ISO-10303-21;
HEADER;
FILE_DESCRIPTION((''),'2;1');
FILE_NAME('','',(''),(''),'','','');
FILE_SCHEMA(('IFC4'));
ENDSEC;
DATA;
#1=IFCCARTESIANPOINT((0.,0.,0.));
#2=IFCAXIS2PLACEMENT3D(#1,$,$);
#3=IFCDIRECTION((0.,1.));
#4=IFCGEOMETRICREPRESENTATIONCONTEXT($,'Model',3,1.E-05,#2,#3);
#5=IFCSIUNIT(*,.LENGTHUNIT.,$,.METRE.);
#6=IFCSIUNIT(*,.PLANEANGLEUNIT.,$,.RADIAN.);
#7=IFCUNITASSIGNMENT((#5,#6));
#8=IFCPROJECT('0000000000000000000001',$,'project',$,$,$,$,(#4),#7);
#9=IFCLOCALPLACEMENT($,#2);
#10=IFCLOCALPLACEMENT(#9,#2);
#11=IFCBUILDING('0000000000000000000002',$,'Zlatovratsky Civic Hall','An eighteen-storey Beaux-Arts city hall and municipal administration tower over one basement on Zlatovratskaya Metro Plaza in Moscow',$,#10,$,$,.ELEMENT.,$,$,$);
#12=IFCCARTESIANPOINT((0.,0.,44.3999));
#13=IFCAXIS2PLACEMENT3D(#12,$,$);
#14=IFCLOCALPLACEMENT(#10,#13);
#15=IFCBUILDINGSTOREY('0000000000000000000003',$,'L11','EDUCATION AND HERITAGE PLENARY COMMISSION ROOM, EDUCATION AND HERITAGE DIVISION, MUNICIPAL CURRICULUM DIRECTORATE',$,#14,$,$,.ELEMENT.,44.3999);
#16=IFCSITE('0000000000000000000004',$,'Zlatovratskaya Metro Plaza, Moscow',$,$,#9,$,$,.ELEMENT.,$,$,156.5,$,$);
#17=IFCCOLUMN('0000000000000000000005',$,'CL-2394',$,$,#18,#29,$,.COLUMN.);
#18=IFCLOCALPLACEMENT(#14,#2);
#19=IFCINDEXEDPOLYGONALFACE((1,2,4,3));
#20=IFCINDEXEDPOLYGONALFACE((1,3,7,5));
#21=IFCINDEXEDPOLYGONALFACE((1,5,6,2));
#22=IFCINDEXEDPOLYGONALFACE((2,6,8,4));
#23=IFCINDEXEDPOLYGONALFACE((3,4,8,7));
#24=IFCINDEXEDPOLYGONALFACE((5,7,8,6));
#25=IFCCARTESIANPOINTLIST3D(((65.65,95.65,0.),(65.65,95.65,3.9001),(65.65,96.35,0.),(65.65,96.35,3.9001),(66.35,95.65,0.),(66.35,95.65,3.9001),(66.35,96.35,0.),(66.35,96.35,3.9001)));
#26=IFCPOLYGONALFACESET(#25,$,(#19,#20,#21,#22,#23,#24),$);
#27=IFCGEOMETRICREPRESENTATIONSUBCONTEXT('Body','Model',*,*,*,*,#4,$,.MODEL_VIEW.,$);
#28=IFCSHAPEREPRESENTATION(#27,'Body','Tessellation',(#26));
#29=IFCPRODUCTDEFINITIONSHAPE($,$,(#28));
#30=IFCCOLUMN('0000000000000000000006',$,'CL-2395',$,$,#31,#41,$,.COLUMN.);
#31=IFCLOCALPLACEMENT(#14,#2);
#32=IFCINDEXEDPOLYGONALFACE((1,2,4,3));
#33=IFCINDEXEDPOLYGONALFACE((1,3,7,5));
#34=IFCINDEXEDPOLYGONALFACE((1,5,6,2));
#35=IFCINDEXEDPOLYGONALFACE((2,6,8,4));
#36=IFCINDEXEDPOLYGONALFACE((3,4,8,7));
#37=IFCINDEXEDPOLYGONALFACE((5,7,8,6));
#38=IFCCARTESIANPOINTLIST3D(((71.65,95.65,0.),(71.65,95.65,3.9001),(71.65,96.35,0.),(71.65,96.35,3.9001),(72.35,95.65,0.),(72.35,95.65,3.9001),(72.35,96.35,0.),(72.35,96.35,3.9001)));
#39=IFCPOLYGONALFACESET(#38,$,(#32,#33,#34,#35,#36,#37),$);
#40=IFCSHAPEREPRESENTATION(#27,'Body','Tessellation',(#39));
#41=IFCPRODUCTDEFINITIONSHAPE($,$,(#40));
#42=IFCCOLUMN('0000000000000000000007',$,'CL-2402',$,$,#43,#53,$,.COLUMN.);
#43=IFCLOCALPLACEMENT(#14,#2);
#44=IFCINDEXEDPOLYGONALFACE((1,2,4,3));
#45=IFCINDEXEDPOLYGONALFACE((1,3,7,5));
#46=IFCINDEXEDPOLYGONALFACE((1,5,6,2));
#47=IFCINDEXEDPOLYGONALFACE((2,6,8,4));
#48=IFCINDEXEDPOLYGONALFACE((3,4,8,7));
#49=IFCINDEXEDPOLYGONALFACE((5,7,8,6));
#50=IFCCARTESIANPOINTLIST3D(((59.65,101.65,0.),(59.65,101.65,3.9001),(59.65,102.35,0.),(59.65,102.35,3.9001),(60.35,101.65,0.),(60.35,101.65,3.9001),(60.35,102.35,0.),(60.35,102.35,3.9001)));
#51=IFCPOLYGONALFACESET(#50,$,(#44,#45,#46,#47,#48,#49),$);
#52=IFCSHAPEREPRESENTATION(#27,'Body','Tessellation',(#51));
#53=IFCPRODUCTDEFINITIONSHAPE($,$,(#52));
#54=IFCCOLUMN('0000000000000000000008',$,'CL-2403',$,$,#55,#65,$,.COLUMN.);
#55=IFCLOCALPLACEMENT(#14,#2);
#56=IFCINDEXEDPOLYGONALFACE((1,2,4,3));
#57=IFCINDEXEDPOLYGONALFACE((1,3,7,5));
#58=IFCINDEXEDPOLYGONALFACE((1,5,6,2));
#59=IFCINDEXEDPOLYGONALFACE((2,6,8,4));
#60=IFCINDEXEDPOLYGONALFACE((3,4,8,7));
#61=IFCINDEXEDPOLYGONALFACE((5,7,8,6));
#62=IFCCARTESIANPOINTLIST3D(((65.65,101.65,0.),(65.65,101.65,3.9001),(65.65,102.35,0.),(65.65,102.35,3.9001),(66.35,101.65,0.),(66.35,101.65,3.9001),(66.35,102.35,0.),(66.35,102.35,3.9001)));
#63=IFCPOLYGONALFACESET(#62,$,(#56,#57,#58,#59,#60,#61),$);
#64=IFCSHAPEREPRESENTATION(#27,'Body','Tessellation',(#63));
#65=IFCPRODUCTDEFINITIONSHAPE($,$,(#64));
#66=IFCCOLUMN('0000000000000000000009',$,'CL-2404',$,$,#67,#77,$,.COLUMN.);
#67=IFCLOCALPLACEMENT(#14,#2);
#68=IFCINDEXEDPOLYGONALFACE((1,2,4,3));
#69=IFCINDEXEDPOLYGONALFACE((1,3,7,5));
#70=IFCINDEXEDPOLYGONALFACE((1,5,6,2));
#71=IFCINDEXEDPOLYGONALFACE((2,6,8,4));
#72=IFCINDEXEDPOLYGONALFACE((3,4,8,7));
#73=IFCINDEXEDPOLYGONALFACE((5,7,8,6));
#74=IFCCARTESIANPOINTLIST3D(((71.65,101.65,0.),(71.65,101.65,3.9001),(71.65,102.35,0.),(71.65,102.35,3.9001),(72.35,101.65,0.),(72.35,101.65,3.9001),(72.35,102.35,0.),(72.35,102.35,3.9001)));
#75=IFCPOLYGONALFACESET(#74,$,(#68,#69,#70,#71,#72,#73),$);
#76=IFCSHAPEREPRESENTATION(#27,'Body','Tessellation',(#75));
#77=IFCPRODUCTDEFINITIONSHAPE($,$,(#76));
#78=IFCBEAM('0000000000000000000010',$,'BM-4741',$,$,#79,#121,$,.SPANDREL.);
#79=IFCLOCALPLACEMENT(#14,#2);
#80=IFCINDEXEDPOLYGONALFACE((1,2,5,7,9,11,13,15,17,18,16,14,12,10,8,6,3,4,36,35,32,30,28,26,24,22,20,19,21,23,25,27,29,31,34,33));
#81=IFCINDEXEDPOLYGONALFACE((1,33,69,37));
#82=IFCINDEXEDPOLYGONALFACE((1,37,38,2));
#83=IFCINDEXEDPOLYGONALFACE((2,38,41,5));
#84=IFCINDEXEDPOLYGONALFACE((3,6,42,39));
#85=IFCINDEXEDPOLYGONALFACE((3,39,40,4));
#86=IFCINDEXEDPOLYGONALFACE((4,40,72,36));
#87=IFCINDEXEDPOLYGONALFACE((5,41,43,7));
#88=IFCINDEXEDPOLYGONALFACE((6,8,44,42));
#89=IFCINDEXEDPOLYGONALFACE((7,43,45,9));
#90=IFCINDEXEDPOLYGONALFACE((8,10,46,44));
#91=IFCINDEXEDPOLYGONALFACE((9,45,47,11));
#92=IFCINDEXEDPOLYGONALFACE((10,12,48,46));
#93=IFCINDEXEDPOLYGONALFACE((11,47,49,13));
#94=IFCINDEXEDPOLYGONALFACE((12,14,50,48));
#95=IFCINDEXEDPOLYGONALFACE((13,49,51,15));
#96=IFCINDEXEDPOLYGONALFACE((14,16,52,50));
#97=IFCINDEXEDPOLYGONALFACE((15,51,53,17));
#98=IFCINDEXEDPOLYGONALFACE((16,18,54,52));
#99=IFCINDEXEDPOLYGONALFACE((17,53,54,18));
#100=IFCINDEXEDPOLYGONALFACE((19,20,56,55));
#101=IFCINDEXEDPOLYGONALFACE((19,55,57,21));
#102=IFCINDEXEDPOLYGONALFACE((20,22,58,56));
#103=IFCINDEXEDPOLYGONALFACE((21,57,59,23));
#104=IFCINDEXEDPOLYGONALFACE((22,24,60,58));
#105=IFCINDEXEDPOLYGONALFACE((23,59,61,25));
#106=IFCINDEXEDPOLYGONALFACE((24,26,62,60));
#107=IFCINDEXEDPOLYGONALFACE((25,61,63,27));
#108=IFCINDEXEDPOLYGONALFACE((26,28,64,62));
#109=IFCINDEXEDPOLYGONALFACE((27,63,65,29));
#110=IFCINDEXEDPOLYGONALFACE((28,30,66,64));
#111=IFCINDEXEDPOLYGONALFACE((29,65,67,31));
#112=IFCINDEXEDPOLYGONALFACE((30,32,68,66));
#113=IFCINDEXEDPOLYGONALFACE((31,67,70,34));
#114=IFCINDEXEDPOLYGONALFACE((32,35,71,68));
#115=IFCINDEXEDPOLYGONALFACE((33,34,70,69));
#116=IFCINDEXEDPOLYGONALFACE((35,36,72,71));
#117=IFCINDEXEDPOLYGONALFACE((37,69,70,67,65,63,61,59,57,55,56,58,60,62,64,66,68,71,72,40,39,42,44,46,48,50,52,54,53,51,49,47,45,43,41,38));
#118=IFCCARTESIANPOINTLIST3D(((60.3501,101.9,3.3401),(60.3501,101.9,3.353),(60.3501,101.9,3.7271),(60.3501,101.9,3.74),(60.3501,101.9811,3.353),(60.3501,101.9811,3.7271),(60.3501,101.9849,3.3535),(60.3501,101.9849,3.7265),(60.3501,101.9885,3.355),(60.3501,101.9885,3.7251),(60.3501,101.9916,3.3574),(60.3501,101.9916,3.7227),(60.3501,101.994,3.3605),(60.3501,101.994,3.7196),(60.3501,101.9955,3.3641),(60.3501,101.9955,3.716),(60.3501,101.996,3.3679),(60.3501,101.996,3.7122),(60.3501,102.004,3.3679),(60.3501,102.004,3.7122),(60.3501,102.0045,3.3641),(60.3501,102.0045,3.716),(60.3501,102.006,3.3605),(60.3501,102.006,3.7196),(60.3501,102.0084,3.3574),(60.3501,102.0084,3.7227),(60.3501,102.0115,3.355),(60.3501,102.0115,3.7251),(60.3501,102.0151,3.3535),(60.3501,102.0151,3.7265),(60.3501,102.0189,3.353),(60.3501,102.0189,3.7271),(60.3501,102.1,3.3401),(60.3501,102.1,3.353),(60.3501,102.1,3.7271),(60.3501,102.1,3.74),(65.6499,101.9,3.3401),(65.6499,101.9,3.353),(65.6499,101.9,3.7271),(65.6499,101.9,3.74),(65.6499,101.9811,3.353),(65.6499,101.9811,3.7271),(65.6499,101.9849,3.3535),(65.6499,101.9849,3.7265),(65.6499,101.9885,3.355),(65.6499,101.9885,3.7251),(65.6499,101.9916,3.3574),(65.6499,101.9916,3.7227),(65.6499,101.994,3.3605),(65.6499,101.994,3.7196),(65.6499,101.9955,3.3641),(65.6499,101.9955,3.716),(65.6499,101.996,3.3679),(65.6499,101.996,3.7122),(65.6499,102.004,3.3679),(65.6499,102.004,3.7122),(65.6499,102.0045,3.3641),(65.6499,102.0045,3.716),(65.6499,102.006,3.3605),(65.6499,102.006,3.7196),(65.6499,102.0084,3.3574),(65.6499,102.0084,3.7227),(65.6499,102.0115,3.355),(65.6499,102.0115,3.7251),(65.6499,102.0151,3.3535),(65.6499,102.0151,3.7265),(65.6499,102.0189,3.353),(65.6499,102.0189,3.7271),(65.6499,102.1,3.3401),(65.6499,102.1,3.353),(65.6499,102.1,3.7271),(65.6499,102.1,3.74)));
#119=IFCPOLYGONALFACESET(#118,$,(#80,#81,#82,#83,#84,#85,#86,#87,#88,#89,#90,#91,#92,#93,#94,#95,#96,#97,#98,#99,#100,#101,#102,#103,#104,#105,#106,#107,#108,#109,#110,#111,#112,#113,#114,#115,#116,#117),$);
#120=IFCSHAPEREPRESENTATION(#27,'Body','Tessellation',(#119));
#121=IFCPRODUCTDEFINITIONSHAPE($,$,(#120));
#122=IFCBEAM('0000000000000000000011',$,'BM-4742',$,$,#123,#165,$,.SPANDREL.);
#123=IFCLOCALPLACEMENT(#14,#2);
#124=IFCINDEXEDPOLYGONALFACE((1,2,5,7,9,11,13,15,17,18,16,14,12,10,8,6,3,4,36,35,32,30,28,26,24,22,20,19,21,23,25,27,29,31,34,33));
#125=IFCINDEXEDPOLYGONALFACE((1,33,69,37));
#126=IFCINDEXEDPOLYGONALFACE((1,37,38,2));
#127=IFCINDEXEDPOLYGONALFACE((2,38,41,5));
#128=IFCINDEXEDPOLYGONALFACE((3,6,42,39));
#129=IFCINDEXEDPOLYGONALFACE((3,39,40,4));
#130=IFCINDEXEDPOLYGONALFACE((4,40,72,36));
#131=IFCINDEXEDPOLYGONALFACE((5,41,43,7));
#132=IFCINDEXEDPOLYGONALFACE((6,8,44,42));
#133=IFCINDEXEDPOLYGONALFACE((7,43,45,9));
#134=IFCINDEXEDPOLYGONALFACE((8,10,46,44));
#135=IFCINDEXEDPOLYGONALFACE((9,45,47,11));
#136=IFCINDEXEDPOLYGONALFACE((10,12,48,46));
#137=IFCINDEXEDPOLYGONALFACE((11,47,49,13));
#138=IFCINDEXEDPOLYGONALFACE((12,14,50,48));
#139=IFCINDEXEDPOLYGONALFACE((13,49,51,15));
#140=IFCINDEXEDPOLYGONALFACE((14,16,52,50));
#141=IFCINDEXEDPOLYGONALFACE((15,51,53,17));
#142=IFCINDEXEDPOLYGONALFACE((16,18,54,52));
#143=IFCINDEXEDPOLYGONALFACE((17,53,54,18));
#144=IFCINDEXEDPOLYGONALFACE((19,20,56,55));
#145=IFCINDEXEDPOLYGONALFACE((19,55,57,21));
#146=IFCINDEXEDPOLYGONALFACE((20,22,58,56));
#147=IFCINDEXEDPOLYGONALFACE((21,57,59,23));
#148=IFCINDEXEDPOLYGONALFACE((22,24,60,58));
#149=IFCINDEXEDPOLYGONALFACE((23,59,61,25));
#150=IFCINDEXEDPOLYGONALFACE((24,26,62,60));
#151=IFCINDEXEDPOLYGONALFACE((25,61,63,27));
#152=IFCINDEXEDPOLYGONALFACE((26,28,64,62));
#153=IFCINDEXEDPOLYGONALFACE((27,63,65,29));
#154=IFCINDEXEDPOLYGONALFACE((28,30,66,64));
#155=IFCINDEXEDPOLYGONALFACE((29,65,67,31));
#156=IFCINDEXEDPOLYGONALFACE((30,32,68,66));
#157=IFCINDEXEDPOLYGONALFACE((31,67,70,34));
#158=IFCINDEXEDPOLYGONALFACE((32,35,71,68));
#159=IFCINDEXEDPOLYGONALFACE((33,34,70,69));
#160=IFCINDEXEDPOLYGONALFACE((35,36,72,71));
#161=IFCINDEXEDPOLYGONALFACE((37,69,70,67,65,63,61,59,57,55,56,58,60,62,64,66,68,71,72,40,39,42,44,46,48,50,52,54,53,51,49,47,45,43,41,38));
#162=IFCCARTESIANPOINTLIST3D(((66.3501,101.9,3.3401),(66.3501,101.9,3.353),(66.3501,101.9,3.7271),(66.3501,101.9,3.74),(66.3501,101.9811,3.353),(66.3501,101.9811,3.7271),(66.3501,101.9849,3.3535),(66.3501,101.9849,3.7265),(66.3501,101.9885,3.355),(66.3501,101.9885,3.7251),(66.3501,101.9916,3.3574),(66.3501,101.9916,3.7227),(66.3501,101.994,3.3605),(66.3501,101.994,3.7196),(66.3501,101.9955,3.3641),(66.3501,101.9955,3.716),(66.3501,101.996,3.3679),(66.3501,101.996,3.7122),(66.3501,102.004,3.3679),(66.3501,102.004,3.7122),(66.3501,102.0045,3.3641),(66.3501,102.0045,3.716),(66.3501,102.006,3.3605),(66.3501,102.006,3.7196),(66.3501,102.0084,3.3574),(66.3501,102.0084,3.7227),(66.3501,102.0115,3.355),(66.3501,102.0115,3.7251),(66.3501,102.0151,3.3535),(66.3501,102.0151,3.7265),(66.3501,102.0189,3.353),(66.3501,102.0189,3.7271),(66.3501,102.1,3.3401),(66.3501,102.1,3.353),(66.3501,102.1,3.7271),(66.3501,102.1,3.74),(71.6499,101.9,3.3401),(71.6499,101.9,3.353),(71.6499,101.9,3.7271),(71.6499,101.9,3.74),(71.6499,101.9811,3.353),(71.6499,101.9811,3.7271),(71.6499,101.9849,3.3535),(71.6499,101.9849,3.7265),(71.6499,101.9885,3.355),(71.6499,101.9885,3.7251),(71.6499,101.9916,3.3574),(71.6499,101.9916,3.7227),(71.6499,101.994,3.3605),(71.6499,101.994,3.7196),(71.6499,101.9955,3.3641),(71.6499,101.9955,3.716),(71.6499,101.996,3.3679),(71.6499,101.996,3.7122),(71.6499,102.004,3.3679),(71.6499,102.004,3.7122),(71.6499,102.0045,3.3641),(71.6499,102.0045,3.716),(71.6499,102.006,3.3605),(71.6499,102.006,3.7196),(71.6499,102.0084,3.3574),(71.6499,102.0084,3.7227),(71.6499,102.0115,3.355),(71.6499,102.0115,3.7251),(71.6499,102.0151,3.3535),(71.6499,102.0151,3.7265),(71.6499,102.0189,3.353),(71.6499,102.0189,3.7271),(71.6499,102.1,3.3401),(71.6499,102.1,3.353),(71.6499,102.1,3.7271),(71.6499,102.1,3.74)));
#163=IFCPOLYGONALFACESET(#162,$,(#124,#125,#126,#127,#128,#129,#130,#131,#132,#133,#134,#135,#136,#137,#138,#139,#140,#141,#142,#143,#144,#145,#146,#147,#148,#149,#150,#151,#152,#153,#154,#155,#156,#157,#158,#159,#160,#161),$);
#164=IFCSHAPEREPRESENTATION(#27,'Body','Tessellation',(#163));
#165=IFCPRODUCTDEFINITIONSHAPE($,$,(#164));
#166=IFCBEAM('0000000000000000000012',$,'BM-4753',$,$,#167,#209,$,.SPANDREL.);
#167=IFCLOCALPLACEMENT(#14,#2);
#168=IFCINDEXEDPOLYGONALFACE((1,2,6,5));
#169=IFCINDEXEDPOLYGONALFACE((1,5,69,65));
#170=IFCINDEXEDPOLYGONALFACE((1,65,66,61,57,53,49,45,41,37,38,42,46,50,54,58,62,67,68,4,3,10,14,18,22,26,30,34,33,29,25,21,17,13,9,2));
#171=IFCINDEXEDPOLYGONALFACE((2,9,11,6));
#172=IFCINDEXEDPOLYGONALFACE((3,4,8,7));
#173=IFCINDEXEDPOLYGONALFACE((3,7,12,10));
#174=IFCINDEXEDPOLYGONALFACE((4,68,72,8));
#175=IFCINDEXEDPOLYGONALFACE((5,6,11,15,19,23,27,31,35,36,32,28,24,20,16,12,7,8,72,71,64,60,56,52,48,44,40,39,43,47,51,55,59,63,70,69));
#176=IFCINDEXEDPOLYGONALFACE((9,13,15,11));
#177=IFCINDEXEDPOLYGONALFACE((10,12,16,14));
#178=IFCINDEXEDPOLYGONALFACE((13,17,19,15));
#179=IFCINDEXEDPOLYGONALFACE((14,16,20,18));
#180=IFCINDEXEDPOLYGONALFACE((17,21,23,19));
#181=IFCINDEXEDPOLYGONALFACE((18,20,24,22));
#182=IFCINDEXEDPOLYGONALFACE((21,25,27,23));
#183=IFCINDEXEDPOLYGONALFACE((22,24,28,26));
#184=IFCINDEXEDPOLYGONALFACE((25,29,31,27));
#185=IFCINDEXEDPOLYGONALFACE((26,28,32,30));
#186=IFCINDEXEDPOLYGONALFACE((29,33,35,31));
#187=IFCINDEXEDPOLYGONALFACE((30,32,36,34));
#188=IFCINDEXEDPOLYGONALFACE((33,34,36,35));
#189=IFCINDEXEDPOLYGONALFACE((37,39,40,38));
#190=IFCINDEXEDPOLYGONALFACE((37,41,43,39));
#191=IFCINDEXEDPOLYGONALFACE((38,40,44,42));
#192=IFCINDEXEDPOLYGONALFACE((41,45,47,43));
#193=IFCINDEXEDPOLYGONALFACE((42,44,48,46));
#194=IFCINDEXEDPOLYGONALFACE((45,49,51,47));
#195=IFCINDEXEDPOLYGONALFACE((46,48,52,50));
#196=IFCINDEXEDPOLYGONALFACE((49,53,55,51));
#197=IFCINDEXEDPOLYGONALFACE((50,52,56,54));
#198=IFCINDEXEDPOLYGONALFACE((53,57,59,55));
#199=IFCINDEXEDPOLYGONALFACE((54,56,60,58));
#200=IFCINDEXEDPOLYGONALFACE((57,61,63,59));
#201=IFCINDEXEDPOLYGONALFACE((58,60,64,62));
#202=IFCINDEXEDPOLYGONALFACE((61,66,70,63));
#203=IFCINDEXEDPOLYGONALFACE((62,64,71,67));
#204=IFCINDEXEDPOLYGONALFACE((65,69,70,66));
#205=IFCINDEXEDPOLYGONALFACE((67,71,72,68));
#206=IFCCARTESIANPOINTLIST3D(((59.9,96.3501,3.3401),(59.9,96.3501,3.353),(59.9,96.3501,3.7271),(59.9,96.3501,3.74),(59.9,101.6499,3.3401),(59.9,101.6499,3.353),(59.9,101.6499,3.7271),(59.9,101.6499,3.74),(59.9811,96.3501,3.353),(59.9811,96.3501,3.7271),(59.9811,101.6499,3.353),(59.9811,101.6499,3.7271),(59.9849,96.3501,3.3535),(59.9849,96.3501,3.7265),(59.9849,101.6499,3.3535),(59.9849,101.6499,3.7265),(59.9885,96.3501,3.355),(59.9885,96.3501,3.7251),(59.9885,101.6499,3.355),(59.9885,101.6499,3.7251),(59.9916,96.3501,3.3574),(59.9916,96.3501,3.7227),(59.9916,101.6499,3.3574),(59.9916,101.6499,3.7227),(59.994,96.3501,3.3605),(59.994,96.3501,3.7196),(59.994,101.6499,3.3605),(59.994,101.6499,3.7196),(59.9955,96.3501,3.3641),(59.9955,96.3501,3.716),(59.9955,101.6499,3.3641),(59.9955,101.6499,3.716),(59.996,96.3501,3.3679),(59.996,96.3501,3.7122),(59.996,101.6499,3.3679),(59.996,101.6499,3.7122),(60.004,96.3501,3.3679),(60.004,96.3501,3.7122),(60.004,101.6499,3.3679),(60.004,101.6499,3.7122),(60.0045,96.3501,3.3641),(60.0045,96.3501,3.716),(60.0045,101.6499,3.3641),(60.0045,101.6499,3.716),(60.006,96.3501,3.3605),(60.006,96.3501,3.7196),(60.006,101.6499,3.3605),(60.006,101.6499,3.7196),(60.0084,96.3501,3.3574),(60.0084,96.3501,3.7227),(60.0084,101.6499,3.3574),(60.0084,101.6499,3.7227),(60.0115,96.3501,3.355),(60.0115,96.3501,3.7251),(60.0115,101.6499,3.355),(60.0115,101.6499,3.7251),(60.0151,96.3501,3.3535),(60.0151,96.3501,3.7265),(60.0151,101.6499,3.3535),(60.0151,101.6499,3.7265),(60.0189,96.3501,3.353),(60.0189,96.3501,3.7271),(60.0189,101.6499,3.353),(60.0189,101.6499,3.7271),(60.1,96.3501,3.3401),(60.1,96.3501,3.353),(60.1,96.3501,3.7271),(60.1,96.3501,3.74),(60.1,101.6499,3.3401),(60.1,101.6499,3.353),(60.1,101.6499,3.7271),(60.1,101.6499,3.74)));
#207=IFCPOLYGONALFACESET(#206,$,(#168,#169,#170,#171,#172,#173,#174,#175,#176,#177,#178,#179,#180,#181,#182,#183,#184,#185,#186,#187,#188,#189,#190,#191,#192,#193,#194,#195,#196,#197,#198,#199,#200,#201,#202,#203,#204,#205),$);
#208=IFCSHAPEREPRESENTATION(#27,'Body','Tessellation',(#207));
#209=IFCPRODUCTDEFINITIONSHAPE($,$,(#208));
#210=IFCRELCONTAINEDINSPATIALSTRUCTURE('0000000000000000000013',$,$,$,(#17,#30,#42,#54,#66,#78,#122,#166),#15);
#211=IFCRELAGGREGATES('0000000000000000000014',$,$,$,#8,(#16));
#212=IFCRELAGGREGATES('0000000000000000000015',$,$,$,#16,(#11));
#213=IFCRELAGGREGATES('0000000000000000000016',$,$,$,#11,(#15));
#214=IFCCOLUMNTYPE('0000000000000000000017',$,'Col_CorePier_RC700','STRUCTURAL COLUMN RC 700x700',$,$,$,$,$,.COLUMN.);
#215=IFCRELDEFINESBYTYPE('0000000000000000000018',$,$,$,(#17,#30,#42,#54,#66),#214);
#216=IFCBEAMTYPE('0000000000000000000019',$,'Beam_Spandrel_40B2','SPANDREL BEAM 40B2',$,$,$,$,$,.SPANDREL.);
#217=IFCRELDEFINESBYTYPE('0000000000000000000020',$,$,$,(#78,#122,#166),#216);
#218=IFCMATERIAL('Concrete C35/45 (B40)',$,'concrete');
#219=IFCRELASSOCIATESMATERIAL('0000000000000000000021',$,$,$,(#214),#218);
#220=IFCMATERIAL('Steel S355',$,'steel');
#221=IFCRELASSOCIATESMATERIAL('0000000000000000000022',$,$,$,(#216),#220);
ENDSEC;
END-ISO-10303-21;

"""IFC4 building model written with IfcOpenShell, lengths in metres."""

from ifc_helpers import new_model, si_unit, direction, frame, origin, origin_2d, place, context, subcontext, project, spatial, rectangle, i_section, extrude, material, material_profile, profile_set, type_object, element, save


model = new_model("IFC4")

# Units and contexts
model_context = context("Model", 3, precision=1e-05, world=origin(), true_north=direction((0.0, 1.0)))
body_context = subcontext(model_context, "Body", "Model", "MODEL_VIEW")
ifc_project = project(units=[si_unit("LENGTHUNIT", "METRE"), si_unit("PLANEANGLEUNIT", "RADIAN")], contexts=[model_context])

# Site, building, storey
site_placement = place(None, origin())
site = spatial("IfcSite", under=ifc_project, at=site_placement, Name="Zlatovratskaya Metro Plaza, Moscow", CompositionType="ELEMENT", RefElevation=156.5)
building_placement = place(site_placement, origin())
building = spatial("IfcBuilding", under=site, at=building_placement, Name="Zlatovratsky Civic Hall", Description="An eighteen-storey Beaux-Arts city hall and municipal administration tower over one basement on Zlatovratskaya Metro Plaza in Moscow", CompositionType="ELEMENT")
storey_placement = place(building_placement, frame((0.0, 0.0, 44.3999)))
storey = spatial("IfcBuildingStorey", under=building, at=storey_placement, Name="L11", Description="EDUCATION AND HERITAGE PLENARY COMMISSION ROOM, EDUCATION AND HERITAGE DIVISION, MUNICIPAL CURRICULUM DIRECTORATE", CompositionType="ELEMENT", Elevation=44.3999)

# Columns
ifc_material_1 = material(Name="Concrete C35/45 (B40)", Category="concrete")
ifc_material_profile_1 = material_profile(ifc_material_1, rectangle(XDim=0.7, YDim=0.7, at=origin_2d()), Name="RC 700x700")
ifc_profile_set_1 = profile_set([ifc_material_profile_1], Name="Concrete C35/45 (B40)")
column_type = type_object("IfcColumnType", Name="Col_CorePier_RC700", Description="STRUCTURAL COLUMN RC 700x700", PredefinedType="COLUMN", material=ifc_profile_set_1)
for number, where, z_axis, x_axis, name in (
    (1, (66.0, 96.0, 0.0), (0.0, 0.0, 1.0), (1.0, 0.0, 0.0), "CL-2394"),
    (2, (72.0, 96.0, 0.0), (0.0, 0.0, 1.0), (1.0, 0.0, 0.0), "CL-2395"),
    (3, (60.0, 102.0, 0.0), (0.0, 0.0, 1.0), (1.0, 0.0, 0.0), "CL-2402"),
    (4, (66.0, 102.0, 0.0), (0.0, 0.0, 1.0), (1.0, 0.0, 0.0), "CL-2403"),
    (5, (72.0, 102.0, 0.0), (0.0, 0.0, 1.0), (1.0, 0.0, 0.0), "CL-2404"),
):
    element("IfcColumn", number, at=place(storey_placement, frame(where, z_axis=z_axis, x_axis=x_axis)), inside=storey, type_object=column_type, Name=name, PredefinedType="COLUMN", context=body_context, shape_type="SweptSolid", body=[
        extrude(rectangle(XDim=0.7, YDim=0.7, at=origin_2d()), origin(), (0.0, 0.0, 1.0), 3.9001),
    ])

# Beams
ifc_material_2 = material(Name="Steel S355", Category="steel")
ifc_material_profile_2 = material_profile(ifc_material_2, i_section(OverallWidth=0.2, OverallDepth=0.3999, WebThickness=0.0081, FlangeThickness=0.0129, FilletRadius=0.0149, at=origin_2d()), Name="40B2")
ifc_profile_set_2 = profile_set([ifc_material_profile_2], Name="Steel S355")
beam_type_1 = type_object("IfcBeamType", Name="Beam_Spandrel_40B2", Description="SPANDREL BEAM 40B2", PredefinedType="SPANDREL", material=ifc_profile_set_2)
for number, where, z_axis, x_axis, name in (
    (6, (60.3501, 102.0, 3.54), (1.0, 0.0, 0.0), (0.0, 1.0, 0.0), "BM-4741"),
    (7, (66.3501, 102.0, 3.54), (1.0, 0.0, 0.0), (0.0, 1.0, 0.0), "BM-4742"),
    (8, (60.0, 96.3501, 3.54), (0.0, 1.0, 0.0), (-1.0, 0.0, 0.0), "BM-4753"),
):
    element("IfcBeam", number, at=place(storey_placement, frame(where, z_axis=z_axis, x_axis=x_axis)), inside=storey, type_object=beam_type_1, Name=name, PredefinedType="SPANDREL", context=body_context, shape_type="SweptSolid", body=[
        extrude(i_section(OverallWidth=0.2, OverallDepth=0.3999, WebThickness=0.0081, FlangeThickness=0.0129, FilletRadius=0.0149, at=origin_2d()), origin(), (0.0, 0.0, 1.0), 5.2998),
    ])

save(model, "model.ifc")
